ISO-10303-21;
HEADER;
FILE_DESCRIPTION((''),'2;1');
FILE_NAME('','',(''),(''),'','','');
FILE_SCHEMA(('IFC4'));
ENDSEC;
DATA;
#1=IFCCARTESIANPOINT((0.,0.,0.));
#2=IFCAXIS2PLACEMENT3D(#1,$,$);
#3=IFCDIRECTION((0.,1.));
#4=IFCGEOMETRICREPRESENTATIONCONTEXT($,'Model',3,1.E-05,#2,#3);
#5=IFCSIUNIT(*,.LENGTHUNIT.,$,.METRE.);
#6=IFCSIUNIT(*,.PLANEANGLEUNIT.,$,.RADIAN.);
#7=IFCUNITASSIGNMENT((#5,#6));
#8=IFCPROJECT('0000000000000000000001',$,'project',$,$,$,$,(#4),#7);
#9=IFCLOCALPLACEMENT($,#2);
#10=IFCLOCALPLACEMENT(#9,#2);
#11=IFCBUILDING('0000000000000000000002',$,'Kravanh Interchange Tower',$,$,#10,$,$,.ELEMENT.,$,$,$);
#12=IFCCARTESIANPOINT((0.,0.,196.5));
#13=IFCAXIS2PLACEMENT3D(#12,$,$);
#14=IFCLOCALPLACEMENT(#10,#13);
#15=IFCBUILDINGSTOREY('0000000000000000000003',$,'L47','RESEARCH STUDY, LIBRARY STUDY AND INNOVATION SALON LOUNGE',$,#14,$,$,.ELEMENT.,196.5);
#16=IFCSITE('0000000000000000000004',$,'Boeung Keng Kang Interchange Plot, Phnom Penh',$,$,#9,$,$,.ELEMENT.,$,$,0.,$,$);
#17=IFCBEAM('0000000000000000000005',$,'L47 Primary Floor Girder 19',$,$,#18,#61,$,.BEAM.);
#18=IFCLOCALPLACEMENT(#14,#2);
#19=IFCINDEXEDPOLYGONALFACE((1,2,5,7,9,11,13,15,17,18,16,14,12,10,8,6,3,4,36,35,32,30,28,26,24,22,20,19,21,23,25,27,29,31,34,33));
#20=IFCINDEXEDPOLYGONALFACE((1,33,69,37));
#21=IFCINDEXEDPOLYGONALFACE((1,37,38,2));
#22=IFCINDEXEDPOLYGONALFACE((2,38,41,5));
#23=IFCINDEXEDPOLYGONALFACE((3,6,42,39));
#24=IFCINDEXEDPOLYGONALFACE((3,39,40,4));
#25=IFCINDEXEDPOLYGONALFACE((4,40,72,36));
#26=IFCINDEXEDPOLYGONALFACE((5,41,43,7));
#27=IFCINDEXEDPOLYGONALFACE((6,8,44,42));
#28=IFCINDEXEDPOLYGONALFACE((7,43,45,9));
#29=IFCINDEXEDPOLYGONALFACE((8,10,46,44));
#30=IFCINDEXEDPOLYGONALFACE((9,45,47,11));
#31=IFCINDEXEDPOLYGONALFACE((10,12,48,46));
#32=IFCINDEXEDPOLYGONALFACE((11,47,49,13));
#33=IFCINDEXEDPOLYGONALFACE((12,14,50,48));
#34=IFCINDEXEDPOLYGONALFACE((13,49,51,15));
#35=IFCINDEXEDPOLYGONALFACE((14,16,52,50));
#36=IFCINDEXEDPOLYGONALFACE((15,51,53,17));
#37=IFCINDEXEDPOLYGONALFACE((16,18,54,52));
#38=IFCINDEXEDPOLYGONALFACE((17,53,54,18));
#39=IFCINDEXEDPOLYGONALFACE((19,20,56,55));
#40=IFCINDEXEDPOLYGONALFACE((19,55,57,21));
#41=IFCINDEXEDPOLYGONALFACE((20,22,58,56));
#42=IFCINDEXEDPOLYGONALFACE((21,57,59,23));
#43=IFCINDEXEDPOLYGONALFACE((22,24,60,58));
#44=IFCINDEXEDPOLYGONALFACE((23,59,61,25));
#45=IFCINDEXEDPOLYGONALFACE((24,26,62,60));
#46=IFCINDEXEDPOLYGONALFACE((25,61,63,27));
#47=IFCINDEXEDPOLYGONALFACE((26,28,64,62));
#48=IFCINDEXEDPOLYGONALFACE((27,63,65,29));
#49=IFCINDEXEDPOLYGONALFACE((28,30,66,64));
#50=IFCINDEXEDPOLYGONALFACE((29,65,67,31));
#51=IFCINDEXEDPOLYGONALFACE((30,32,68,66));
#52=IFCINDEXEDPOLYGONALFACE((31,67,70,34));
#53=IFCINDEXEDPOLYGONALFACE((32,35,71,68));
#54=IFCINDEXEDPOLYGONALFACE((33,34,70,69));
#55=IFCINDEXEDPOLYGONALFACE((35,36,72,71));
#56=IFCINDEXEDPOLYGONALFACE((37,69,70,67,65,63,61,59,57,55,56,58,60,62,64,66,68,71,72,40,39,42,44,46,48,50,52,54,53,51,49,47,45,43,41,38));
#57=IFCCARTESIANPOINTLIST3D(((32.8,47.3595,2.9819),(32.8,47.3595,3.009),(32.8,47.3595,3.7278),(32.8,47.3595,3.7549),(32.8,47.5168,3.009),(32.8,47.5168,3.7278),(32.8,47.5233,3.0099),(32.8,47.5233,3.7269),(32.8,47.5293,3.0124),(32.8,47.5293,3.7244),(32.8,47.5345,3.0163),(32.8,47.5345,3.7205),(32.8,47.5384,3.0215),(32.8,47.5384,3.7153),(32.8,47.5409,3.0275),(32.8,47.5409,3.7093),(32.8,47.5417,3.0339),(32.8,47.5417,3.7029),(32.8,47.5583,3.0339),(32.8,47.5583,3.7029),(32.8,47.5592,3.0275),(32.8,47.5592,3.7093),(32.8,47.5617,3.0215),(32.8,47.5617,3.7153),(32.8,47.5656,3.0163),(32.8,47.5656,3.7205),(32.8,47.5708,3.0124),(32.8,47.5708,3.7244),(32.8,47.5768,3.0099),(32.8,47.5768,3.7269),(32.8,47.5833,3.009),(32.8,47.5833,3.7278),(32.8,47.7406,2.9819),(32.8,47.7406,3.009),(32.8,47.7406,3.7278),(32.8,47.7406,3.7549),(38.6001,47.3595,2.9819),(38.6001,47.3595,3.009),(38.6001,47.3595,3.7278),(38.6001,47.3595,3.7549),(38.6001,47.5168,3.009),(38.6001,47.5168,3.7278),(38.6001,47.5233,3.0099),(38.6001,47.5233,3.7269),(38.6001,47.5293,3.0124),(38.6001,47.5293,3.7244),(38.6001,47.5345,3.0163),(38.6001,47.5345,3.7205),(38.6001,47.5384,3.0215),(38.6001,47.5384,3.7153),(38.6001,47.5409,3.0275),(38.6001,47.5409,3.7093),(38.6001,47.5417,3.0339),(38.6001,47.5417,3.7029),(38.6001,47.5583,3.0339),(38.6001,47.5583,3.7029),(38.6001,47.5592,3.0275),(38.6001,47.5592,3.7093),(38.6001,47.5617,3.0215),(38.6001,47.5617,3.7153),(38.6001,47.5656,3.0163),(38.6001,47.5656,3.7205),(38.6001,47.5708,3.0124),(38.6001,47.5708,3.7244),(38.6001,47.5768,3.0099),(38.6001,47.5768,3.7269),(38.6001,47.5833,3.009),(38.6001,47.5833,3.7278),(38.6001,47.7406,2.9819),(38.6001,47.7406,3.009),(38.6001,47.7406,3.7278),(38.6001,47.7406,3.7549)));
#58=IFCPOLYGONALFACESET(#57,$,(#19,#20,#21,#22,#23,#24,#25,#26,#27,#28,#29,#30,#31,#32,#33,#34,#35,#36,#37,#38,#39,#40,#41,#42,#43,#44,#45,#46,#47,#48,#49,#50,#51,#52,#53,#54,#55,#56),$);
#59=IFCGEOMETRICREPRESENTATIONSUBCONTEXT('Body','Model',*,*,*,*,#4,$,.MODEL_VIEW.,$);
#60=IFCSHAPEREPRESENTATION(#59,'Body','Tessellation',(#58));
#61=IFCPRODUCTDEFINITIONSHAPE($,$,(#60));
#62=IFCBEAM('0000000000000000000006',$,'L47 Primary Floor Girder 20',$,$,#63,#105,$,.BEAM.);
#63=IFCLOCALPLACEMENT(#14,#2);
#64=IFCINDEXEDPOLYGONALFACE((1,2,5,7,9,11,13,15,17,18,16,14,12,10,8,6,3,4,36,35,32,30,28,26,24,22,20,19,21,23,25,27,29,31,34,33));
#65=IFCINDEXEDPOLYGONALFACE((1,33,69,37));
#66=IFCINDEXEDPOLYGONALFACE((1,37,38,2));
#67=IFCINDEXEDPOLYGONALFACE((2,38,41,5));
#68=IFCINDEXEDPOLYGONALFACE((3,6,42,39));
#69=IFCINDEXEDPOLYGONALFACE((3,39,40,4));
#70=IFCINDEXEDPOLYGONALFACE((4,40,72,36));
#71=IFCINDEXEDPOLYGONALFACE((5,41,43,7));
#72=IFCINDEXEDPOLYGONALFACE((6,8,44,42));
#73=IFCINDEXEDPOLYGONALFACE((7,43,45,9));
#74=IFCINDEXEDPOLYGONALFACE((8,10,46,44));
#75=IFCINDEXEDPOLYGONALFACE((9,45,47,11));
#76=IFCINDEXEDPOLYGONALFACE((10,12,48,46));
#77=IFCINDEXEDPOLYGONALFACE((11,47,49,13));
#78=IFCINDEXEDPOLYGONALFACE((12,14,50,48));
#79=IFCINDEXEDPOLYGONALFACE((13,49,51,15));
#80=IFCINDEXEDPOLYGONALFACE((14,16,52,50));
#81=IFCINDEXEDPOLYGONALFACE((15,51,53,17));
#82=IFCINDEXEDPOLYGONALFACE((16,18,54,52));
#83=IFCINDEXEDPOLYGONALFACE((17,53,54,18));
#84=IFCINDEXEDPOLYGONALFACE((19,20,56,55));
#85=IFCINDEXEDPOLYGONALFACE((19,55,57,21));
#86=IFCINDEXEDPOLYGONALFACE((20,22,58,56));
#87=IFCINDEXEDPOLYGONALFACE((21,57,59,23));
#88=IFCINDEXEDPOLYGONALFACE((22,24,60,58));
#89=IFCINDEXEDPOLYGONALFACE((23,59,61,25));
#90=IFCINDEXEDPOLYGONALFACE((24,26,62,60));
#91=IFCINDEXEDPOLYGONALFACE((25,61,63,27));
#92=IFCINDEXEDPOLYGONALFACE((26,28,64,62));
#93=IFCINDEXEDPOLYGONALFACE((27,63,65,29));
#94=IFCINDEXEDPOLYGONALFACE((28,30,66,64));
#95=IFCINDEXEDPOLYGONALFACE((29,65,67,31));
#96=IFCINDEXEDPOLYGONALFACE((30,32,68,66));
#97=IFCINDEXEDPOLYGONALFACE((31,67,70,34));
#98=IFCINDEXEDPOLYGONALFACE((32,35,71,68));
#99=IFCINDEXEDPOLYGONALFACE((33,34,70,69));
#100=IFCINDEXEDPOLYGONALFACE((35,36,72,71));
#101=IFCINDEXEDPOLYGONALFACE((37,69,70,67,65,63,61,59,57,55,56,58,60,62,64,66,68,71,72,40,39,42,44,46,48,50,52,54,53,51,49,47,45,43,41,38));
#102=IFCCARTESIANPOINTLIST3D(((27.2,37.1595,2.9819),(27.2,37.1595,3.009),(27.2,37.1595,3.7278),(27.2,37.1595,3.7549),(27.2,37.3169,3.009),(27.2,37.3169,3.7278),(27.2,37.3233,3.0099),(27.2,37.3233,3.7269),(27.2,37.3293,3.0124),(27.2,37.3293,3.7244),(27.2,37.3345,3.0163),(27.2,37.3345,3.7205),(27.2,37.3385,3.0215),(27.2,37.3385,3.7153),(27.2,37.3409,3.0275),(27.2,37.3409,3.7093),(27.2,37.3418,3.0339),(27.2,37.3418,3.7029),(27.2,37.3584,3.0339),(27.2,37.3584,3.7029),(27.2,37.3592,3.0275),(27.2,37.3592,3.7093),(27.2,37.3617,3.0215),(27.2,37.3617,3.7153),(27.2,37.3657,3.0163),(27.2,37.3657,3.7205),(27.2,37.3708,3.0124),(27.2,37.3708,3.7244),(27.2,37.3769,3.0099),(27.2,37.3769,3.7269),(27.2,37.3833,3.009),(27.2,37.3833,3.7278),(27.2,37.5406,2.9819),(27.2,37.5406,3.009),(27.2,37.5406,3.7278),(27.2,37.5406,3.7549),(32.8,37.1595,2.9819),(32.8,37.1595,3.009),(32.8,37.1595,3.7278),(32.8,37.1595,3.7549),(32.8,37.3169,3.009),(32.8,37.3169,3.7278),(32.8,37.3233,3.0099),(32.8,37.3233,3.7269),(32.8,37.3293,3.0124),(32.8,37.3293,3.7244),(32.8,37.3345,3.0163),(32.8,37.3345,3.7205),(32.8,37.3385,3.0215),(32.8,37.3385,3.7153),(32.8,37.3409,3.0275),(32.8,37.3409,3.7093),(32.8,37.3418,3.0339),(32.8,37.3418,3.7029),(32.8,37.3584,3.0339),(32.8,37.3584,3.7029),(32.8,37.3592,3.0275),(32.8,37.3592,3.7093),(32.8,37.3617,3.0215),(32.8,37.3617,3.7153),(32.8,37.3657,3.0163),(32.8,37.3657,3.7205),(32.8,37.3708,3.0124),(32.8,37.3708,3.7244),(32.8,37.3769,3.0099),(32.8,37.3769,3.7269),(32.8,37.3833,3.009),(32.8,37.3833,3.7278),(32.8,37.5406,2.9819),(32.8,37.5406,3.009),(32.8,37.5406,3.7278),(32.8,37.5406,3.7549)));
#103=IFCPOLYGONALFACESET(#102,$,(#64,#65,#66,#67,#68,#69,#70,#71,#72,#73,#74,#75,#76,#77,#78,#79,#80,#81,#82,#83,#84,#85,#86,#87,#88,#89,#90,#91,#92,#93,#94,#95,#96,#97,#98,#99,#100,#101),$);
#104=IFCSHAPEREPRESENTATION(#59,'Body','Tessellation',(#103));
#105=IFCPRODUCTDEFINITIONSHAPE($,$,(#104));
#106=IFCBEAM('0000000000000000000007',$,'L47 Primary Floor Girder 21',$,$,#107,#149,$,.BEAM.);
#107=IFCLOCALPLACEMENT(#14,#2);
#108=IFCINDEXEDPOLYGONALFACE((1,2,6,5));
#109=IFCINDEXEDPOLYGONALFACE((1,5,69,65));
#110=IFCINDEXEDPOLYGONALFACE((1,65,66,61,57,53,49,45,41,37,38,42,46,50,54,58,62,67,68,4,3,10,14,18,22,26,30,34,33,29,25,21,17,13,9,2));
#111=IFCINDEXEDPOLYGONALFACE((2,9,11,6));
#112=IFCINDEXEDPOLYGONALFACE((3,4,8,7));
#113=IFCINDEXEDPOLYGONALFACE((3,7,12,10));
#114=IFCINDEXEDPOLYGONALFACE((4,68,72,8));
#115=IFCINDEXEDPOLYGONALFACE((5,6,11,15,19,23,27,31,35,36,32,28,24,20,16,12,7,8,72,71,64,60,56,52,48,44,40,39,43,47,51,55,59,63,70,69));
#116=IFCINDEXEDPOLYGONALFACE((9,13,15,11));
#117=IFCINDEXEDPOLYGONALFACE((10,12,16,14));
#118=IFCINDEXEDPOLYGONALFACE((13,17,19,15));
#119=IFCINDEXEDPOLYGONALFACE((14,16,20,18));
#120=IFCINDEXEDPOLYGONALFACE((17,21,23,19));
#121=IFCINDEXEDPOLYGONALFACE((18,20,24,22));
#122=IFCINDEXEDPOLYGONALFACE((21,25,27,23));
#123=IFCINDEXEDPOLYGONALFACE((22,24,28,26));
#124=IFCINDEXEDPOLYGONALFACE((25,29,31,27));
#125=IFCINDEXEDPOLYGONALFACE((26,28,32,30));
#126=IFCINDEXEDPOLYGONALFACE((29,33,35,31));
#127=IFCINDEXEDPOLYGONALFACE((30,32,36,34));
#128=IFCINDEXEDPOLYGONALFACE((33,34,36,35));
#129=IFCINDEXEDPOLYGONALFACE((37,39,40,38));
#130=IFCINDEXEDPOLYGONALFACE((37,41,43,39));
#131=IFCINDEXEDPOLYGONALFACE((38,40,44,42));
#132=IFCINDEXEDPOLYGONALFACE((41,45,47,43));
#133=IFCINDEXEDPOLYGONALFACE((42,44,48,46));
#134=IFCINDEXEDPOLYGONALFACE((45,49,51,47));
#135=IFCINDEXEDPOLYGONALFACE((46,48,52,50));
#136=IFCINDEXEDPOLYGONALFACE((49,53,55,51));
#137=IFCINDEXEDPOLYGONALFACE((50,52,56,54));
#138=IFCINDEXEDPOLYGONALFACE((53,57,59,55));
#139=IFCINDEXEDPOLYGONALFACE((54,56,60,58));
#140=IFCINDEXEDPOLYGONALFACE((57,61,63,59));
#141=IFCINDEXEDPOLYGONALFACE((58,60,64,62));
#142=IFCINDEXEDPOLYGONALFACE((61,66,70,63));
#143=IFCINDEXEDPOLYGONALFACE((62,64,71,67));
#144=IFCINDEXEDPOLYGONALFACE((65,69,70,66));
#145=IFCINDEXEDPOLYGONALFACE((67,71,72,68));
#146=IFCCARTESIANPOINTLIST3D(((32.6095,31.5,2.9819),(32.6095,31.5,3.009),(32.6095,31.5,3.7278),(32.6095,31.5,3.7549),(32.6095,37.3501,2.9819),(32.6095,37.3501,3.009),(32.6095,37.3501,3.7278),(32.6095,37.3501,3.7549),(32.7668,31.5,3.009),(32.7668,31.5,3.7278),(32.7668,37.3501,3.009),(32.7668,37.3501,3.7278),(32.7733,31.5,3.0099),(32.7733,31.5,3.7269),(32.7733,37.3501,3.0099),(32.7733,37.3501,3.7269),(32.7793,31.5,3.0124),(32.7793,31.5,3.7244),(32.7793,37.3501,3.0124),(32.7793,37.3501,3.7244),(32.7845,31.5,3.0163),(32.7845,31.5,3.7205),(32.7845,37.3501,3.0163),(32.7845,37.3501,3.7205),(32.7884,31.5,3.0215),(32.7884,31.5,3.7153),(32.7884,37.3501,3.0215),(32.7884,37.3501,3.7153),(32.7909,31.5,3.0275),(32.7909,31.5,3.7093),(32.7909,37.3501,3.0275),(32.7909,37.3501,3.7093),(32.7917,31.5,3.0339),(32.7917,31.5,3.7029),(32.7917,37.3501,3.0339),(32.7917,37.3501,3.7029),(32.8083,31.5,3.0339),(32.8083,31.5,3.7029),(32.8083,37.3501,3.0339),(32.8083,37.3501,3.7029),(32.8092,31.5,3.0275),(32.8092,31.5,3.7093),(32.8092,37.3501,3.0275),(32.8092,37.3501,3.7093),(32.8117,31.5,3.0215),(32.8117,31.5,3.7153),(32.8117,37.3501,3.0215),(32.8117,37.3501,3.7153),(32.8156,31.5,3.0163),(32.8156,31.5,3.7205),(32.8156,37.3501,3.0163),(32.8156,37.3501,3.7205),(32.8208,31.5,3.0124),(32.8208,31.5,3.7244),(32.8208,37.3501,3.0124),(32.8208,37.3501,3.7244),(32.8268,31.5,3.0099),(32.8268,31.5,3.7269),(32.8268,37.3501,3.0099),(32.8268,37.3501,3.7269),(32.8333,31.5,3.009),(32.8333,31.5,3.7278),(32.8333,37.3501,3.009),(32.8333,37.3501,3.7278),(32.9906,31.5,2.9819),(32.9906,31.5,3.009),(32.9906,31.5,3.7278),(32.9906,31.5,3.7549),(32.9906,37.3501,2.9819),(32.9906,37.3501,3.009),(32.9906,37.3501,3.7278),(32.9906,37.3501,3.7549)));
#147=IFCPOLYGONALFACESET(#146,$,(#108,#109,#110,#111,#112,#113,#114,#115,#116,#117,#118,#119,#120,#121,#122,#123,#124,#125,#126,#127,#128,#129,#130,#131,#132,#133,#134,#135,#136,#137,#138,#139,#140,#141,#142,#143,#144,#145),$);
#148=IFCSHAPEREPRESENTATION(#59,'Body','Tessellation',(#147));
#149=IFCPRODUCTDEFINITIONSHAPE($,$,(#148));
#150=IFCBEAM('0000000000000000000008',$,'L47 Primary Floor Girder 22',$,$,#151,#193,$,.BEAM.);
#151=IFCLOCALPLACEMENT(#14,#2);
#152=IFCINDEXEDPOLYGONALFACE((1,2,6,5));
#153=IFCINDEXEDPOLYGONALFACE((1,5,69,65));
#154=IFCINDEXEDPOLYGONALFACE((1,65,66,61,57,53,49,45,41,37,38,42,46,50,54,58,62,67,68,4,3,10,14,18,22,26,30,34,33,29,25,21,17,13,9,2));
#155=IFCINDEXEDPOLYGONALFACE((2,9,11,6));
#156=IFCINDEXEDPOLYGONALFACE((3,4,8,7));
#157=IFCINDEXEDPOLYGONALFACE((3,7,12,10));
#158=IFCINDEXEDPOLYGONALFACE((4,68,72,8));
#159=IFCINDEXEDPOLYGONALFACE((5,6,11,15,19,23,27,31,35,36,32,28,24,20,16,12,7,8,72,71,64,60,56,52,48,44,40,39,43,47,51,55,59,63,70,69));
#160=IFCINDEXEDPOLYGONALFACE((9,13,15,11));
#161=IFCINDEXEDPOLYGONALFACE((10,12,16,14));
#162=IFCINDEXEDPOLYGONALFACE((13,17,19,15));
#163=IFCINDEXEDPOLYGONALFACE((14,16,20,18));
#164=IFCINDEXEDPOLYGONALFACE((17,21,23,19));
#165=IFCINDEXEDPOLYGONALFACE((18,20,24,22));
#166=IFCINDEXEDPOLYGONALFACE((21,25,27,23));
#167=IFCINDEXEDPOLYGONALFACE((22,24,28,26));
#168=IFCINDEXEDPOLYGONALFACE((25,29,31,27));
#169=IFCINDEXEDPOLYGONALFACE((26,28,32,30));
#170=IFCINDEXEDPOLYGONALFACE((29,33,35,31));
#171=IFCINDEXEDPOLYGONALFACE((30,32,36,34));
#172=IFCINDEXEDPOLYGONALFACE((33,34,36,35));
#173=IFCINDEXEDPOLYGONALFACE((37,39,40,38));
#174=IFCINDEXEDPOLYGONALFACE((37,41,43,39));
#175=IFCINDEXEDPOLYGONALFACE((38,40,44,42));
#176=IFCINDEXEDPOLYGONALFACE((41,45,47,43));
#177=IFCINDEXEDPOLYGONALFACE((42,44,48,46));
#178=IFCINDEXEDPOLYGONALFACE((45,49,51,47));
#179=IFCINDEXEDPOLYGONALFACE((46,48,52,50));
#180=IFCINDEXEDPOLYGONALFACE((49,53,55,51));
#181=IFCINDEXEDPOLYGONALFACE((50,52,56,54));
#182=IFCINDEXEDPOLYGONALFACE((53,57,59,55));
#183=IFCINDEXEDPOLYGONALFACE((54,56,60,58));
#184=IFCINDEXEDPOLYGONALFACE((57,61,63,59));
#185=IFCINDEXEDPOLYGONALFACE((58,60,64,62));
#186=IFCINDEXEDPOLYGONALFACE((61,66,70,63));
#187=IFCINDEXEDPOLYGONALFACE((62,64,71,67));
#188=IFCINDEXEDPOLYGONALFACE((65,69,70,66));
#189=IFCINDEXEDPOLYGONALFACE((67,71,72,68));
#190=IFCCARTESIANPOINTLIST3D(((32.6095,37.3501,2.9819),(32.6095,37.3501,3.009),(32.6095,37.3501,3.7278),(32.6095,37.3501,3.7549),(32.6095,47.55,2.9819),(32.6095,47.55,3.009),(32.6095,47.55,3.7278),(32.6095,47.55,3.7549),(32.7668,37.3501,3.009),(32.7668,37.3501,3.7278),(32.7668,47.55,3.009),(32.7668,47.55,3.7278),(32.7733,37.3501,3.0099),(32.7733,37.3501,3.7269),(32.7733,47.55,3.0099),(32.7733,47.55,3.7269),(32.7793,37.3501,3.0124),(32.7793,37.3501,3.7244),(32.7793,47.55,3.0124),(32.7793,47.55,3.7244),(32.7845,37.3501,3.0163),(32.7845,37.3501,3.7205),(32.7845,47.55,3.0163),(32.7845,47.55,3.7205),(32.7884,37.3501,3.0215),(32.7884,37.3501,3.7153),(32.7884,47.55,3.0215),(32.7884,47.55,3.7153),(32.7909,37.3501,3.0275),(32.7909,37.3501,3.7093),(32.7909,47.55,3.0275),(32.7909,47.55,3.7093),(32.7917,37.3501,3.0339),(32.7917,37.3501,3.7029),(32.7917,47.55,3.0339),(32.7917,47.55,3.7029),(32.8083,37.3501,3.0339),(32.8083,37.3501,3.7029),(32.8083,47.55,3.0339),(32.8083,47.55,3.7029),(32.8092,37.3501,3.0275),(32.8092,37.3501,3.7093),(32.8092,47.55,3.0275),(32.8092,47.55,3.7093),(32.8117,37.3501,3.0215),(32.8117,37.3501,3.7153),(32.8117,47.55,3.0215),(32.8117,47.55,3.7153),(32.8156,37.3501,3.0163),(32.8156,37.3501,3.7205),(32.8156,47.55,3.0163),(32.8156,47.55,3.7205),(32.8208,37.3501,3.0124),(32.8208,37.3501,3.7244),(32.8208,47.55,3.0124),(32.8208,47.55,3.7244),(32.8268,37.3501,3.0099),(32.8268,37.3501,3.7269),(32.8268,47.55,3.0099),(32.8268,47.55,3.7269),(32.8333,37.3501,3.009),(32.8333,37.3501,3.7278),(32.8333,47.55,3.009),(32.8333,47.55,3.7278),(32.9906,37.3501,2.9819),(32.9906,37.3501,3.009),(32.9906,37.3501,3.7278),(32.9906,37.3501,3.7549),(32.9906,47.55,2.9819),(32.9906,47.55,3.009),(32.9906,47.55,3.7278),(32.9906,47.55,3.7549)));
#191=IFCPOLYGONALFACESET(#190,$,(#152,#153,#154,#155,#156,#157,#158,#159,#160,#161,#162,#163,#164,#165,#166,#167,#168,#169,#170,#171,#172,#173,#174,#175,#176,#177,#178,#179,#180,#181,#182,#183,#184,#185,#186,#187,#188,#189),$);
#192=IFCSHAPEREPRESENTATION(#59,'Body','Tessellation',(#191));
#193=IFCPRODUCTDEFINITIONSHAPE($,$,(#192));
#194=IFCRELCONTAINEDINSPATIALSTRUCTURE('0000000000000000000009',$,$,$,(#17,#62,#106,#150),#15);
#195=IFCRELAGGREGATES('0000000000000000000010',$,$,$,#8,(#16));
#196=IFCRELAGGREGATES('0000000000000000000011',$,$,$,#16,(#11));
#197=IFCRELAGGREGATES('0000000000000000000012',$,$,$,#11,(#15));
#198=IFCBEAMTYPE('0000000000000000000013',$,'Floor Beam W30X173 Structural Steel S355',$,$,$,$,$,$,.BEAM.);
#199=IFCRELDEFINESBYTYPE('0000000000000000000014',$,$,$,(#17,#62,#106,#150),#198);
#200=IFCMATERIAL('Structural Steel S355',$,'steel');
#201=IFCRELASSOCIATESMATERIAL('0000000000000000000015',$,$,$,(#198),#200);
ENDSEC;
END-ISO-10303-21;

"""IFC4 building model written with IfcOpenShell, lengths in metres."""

from ifc_helpers import new_model, si_unit, direction, frame, origin, origin_2d, place, context, subcontext, project, spatial, i_section, extrude, material, material_profile, profile_set, type_object, element, save


model = new_model("IFC4")

# Units and contexts
model_context = context("Model", 3, precision=1e-05, world=origin(), true_north=direction((0.0, 1.0)))
body_context = subcontext(model_context, "Body", "Model", "MODEL_VIEW")
ifc_project = project(units=[si_unit("LENGTHUNIT", "METRE"), si_unit("PLANEANGLEUNIT", "RADIAN")], contexts=[model_context])

# Site, building, storey
site_placement = place(None, origin())
site = spatial("IfcSite", under=ifc_project, at=site_placement, Name="Boeung Keng Kang Interchange Plot, Phnom Penh", CompositionType="ELEMENT", RefElevation=0.0)
building_placement = place(site_placement, origin())
building = spatial("IfcBuilding", under=site, at=building_placement, Name="Kravanh Interchange Tower", CompositionType="ELEMENT")
storey_placement = place(building_placement, frame((0.0, 0.0, 196.5)))
storey = spatial("IfcBuildingStorey", under=building, at=storey_placement, Name="L47", Description="RESEARCH STUDY, LIBRARY STUDY AND INNOVATION SALON LOUNGE", CompositionType="ELEMENT", Elevation=196.5)

# Beams
ifc_material_1 = material(Name="Structural Steel S355", Category="steel")
ifc_material_profile_1 = material_profile(ifc_material_1, i_section(OverallWidth=0.3811, OverallDepth=0.7729, WebThickness=0.0166, FlangeThickness=0.0271, FilletRadius=0.0249, at=origin_2d()), Name="W30X173")
ifc_profile_set_1 = profile_set([ifc_material_profile_1], Name="Structural Steel S355")
beam_type = type_object("IfcBeamType", Name="Floor Beam W30X173 Structural Steel S355", PredefinedType="BEAM", material=ifc_profile_set_1)
beam_1_placement = place(storey_placement, frame((38.6001, 47.55, 3.3684), z_axis=(-1.0, 0.0, 0.0), x_axis=(0.0, -1.0, 0.0)))
element("IfcBeam", 1, at=beam_1_placement, inside=storey, type_object=beam_type, Name="L47 Primary Floor Girder 19", PredefinedType="BEAM", context=body_context, shape_type="SweptSolid", body=[
    extrude(i_section(OverallWidth=0.3811, OverallDepth=0.7729, WebThickness=0.0166, FlangeThickness=0.0271, FilletRadius=0.0249, at=origin_2d()), origin(), (0.0, 0.0, 1.0), 5.8),
])
beam_2_placement = place(storey_placement, frame((32.8, 37.3501, 3.3684), z_axis=(-1.0, 0.0, 0.0), x_axis=(0.0, -1.0, 0.0)))
element("IfcBeam", 2, at=beam_2_placement, inside=storey, type_object=beam_type, Name="L47 Primary Floor Girder 20", PredefinedType="BEAM", context=body_context, shape_type="SweptSolid", body=[
    extrude(i_section(OverallWidth=0.3811, OverallDepth=0.7729, WebThickness=0.0166, FlangeThickness=0.0271, FilletRadius=0.0249, at=origin_2d()), origin(), (0.0, 0.0, 1.0), 5.6001),
])
beam_3_placement = place(storey_placement, frame((32.8, 37.3501, 3.3684), z_axis=(0.0, -1.0, 0.0), x_axis=(1.0, 0.0, 0.0)))
element("IfcBeam", 3, at=beam_3_placement, inside=storey, type_object=beam_type, Name="L47 Primary Floor Girder 21", PredefinedType="BEAM", context=body_context, shape_type="SweptSolid", body=[
    extrude(i_section(OverallWidth=0.3811, OverallDepth=0.7729, WebThickness=0.0166, FlangeThickness=0.0271, FilletRadius=0.0249, at=origin_2d()), origin(), (0.0, 0.0, 1.0), 5.8501),
])
beam_4_placement = place(storey_placement, frame((32.8, 37.3501, 3.3684), z_axis=(0.0, 1.0, 0.0), x_axis=(-1.0, 0.0, 0.0)))
element("IfcBeam", 4, at=beam_4_placement, inside=storey, type_object=beam_type, Name="L47 Primary Floor Girder 22", PredefinedType="BEAM", context=body_context, shape_type="SweptSolid", body=[
    extrude(i_section(OverallWidth=0.3811, OverallDepth=0.7729, WebThickness=0.0166, FlangeThickness=0.0271, FilletRadius=0.0249, at=origin_2d()), origin(), (0.0, 0.0, 1.0), 10.2),
])

save(model, "model.ifc")
